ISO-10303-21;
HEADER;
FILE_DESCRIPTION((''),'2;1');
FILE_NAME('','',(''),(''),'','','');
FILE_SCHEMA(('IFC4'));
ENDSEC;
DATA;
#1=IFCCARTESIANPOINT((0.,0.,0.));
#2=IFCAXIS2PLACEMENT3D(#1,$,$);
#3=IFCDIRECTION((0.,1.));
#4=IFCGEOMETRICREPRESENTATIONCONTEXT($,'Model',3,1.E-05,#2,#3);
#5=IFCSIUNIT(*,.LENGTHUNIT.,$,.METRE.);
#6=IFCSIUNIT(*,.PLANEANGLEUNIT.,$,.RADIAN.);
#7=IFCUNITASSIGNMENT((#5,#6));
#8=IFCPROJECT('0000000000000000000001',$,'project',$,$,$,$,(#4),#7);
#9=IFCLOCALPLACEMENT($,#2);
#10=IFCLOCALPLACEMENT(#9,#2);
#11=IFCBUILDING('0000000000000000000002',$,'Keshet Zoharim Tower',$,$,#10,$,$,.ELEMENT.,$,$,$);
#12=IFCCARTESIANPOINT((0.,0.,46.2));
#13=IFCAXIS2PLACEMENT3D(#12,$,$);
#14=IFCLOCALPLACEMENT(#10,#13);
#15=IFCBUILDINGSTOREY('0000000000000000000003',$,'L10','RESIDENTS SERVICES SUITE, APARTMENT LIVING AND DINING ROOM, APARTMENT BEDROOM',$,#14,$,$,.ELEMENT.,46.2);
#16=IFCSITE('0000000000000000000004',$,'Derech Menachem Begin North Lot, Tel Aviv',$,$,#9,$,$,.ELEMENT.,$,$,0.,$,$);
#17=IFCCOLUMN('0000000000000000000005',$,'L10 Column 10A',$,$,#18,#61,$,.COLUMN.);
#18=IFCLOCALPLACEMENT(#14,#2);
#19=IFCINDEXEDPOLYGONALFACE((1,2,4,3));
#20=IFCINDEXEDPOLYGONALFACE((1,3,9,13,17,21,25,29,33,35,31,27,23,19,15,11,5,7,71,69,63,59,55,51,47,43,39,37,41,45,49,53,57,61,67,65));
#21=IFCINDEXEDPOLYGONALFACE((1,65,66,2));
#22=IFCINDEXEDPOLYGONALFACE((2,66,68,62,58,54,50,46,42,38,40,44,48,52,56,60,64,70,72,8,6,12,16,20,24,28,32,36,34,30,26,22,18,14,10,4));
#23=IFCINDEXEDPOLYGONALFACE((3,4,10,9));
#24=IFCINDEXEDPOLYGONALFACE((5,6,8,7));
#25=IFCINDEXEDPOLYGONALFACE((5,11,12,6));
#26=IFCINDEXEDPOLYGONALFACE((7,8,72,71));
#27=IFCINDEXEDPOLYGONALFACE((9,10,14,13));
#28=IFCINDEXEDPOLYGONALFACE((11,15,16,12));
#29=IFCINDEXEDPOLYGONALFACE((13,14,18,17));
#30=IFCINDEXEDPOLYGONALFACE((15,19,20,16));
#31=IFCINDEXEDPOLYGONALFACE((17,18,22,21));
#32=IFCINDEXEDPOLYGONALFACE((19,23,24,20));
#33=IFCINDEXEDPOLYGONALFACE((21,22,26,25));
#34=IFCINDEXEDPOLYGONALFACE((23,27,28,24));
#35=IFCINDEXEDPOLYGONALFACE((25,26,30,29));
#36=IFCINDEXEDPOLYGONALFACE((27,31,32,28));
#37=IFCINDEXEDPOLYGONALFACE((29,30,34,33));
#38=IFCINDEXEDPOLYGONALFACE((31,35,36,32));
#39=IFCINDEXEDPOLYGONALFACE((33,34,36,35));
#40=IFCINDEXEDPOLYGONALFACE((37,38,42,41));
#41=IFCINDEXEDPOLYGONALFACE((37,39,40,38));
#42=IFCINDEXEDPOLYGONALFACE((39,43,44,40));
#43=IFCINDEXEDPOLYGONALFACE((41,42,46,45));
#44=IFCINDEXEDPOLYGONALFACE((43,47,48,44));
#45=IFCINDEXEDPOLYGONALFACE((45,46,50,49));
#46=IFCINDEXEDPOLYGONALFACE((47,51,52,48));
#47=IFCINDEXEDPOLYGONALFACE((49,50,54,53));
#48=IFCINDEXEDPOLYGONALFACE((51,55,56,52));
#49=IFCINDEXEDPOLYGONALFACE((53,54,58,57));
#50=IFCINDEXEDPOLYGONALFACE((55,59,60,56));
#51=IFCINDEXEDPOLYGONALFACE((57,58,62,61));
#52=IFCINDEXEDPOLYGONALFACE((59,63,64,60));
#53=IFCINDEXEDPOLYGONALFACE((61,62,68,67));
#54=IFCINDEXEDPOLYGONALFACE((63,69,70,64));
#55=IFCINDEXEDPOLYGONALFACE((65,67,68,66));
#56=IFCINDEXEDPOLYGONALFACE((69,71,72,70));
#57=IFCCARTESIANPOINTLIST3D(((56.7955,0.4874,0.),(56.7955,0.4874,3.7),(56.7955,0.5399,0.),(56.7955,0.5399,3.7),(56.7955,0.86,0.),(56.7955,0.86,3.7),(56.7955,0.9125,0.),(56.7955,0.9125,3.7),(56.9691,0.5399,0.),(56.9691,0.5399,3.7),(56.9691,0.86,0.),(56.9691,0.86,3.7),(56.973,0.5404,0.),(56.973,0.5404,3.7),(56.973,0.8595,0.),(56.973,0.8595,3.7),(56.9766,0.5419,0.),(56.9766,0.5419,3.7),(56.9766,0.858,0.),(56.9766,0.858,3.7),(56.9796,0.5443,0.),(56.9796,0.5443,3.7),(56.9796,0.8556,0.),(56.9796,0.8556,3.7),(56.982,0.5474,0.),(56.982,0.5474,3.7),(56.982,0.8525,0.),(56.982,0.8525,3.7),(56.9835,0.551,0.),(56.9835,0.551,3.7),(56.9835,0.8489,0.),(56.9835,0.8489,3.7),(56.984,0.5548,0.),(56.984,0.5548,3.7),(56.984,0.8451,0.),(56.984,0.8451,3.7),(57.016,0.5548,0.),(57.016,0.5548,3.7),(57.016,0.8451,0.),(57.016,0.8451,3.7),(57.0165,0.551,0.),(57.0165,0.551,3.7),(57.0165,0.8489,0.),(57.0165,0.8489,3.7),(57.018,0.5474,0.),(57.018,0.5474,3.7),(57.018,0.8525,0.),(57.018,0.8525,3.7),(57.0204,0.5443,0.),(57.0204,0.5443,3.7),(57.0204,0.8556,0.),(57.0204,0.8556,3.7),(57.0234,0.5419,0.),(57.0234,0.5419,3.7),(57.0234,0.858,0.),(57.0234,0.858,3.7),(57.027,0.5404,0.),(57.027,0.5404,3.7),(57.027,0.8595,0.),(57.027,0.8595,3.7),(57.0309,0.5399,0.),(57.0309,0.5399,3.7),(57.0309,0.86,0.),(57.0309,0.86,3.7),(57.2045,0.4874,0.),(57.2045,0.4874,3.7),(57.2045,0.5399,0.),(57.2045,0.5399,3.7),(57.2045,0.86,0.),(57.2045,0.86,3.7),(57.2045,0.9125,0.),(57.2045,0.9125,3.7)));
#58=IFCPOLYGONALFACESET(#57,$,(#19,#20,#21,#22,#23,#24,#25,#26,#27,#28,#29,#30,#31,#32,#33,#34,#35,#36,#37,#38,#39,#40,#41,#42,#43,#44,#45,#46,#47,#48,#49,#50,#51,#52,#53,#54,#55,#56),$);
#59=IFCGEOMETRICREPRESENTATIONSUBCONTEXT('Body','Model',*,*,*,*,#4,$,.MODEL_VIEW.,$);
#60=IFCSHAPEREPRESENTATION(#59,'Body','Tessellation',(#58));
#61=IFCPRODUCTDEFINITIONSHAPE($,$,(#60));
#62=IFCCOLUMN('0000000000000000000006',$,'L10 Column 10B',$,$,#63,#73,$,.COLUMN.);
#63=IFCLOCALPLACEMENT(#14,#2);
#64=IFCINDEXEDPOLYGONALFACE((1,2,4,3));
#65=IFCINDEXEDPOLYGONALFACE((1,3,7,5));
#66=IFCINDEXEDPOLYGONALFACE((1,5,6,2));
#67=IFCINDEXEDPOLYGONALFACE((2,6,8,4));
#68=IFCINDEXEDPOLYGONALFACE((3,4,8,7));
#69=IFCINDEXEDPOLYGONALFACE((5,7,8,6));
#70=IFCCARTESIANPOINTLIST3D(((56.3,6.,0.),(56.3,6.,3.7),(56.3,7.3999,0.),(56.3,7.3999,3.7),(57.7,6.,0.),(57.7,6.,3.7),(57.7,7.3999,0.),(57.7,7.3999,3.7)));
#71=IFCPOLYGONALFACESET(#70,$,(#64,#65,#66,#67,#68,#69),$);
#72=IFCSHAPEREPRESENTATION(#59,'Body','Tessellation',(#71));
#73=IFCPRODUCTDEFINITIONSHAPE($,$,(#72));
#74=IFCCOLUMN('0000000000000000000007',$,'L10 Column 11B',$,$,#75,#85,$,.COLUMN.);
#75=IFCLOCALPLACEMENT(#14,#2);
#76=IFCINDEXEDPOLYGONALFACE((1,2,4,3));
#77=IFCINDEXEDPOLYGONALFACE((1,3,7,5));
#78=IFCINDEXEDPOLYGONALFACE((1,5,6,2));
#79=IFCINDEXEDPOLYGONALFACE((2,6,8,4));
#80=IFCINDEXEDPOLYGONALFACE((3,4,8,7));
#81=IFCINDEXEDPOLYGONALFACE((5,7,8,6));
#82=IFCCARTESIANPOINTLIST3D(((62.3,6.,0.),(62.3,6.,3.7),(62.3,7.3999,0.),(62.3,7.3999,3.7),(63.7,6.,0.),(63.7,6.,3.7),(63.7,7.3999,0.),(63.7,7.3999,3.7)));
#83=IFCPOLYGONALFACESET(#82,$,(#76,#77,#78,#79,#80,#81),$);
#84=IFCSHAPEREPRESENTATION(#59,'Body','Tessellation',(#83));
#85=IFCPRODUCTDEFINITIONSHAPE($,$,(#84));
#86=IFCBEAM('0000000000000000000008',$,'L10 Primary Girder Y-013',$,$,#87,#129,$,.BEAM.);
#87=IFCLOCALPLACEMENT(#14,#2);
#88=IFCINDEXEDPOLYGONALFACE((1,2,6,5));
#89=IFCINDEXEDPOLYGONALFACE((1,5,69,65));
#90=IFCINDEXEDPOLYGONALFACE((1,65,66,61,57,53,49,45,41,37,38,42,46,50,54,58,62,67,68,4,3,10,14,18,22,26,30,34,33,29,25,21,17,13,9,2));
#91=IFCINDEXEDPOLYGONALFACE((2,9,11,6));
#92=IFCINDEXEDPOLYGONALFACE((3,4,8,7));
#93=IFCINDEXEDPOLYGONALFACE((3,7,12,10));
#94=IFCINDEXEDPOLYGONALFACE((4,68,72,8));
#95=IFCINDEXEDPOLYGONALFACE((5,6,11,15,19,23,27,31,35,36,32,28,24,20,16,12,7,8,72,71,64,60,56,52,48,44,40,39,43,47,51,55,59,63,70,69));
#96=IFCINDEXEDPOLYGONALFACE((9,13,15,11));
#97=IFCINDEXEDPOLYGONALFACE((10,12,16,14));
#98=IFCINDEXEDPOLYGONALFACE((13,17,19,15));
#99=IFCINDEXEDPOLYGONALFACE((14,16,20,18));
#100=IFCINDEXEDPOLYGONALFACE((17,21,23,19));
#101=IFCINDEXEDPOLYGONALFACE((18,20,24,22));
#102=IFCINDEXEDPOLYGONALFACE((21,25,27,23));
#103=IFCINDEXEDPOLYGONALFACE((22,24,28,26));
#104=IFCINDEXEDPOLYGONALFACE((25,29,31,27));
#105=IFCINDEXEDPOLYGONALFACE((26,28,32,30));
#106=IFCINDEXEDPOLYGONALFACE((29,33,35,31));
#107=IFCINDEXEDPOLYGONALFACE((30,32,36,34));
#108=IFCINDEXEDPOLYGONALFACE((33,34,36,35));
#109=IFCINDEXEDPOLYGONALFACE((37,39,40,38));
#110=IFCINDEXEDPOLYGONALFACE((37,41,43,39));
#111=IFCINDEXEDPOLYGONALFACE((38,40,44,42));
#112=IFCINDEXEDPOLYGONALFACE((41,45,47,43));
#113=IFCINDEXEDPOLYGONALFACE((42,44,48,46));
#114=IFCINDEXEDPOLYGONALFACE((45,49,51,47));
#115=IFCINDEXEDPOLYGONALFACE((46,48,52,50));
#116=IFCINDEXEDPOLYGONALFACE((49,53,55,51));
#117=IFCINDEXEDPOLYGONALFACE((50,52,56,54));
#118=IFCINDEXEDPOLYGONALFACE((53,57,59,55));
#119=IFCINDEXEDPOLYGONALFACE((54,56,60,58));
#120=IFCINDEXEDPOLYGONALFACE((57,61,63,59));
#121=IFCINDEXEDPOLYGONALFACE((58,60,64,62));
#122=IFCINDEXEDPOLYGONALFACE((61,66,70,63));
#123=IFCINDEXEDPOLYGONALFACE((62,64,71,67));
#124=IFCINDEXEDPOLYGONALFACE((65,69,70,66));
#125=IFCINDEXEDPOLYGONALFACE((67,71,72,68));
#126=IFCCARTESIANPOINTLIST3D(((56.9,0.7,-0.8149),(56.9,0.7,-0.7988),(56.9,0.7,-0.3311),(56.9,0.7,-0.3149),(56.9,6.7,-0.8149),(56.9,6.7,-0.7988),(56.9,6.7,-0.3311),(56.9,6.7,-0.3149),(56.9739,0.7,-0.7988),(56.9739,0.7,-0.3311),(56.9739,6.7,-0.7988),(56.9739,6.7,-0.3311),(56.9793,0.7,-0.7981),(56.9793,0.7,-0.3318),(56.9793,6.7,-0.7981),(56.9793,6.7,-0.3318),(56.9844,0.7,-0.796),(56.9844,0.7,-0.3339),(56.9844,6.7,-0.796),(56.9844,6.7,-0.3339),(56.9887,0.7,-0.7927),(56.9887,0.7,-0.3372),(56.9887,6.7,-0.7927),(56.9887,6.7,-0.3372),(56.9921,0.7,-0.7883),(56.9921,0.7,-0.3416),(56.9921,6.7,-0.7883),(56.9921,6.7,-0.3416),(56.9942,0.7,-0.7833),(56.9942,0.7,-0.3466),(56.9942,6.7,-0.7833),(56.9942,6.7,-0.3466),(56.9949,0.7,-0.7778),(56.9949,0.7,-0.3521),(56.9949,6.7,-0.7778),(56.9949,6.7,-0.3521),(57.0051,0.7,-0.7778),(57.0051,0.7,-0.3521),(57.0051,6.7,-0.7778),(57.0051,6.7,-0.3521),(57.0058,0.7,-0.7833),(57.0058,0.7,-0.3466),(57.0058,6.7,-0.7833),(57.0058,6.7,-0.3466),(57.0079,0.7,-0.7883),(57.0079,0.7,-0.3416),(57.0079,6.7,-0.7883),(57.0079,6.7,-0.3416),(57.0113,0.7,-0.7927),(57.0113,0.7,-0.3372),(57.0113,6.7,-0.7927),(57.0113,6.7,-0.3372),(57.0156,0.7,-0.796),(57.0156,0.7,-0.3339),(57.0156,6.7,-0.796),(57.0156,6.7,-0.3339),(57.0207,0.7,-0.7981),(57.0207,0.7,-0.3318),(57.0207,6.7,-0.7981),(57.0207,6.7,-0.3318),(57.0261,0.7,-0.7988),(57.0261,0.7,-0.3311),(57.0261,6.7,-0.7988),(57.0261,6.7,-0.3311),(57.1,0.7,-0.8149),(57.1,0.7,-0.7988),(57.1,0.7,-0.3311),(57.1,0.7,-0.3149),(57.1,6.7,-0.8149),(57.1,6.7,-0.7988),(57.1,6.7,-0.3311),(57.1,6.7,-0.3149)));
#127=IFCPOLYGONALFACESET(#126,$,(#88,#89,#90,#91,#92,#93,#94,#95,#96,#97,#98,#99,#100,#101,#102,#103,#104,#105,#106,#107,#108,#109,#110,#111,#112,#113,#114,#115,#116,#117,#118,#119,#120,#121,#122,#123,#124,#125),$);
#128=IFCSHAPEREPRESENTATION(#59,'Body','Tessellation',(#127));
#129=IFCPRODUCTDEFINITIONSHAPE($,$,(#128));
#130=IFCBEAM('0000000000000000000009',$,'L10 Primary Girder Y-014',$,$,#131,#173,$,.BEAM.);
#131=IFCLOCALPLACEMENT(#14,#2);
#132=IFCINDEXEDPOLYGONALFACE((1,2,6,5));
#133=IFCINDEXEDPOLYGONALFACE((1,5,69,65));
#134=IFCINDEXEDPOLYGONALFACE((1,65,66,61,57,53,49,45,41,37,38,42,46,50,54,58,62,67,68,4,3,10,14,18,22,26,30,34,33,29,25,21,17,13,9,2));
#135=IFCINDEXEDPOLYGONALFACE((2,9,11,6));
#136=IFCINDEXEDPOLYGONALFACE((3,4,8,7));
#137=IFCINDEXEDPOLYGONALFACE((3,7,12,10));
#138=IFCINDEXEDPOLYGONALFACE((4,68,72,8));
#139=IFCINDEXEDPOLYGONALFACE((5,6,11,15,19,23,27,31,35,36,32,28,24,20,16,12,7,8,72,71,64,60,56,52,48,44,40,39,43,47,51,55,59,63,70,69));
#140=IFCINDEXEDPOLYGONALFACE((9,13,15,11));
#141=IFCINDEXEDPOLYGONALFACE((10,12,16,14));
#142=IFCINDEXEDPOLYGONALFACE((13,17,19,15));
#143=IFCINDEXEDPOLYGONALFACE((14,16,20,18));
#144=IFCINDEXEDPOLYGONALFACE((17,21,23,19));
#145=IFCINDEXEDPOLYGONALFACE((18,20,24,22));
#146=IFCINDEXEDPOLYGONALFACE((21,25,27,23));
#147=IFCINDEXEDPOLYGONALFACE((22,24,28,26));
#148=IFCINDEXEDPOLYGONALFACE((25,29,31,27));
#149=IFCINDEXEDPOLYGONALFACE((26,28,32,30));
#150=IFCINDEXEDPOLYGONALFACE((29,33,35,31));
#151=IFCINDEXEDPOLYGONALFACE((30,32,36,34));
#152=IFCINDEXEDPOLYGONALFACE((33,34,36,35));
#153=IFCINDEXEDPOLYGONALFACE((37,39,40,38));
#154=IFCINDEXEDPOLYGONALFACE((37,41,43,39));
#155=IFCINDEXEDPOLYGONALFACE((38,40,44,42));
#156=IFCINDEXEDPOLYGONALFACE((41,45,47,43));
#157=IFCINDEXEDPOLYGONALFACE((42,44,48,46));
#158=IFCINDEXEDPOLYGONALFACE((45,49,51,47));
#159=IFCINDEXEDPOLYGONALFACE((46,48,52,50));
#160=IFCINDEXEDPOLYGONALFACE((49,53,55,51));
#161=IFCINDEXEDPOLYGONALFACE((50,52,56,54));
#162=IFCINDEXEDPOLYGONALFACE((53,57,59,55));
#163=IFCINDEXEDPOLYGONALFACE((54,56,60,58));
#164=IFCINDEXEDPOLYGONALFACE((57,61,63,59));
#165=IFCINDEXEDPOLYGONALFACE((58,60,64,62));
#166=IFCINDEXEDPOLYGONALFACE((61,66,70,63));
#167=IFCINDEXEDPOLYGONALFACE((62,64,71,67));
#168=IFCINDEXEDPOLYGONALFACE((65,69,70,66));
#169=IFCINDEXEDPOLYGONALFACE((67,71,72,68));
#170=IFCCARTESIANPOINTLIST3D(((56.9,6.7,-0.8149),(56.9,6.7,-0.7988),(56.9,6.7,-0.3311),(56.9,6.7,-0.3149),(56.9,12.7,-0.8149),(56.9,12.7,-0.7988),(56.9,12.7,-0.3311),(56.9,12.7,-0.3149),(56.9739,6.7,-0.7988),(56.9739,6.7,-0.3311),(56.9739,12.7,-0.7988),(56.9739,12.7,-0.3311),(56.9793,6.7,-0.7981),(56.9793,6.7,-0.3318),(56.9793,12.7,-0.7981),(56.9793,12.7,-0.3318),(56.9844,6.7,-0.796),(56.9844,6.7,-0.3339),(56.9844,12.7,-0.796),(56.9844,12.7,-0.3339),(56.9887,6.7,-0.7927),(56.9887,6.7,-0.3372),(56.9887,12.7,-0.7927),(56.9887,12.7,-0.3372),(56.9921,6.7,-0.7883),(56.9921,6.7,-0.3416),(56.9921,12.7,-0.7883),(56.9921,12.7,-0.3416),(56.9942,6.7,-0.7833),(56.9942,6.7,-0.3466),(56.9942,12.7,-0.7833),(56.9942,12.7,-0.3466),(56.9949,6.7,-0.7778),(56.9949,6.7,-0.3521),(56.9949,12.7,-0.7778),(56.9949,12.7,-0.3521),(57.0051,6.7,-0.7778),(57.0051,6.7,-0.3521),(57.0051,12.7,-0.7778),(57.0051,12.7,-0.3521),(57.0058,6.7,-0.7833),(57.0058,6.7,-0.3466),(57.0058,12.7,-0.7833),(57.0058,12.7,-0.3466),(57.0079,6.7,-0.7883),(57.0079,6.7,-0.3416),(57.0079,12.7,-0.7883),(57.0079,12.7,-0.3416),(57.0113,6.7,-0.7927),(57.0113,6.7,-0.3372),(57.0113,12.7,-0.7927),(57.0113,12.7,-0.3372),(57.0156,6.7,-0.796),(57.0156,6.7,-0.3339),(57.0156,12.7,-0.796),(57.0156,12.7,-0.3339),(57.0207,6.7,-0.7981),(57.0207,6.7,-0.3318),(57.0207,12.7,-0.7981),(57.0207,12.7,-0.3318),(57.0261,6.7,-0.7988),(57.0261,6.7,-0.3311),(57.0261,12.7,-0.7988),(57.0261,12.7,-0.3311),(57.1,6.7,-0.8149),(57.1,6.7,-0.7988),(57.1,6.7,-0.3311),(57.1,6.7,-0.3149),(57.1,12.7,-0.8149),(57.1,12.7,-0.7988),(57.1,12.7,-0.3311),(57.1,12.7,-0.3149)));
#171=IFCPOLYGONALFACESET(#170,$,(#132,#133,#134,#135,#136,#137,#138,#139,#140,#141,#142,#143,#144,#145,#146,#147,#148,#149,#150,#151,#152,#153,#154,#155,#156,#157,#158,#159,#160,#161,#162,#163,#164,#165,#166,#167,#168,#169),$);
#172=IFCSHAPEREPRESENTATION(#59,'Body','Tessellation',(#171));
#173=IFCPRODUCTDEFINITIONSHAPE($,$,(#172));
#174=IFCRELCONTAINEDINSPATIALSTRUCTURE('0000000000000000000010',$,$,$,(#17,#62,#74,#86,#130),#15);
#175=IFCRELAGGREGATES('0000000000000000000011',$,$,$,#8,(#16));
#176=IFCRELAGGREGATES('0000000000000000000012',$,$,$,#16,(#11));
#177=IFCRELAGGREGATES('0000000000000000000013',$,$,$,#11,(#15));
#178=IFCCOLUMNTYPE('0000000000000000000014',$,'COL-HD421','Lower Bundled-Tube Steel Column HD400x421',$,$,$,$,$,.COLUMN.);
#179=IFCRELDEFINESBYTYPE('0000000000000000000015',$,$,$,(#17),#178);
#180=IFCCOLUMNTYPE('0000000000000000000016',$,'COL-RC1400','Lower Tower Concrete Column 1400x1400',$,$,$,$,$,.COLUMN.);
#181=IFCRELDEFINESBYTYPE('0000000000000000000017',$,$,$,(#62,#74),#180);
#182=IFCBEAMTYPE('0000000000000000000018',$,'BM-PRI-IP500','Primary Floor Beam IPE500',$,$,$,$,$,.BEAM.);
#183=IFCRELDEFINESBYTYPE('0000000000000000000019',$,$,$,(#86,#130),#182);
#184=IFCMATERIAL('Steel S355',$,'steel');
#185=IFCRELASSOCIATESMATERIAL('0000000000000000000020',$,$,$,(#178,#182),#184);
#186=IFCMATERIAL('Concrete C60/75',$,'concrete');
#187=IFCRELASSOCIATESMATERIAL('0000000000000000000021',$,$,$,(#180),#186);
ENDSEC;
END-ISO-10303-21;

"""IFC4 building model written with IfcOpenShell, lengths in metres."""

from ifc_helpers import new_model, si_unit, direction, frame, origin, origin_2d, place, context, subcontext, project, spatial, rectangle, i_section, extrude, material, material_profile, profile_set, type_object, element, save


model = new_model("IFC4")

# Units and contexts
model_context = context("Model", 3, precision=1e-05, world=origin(), true_north=direction((0.0, 1.0)))
body_context = subcontext(model_context, "Body", "Model", "MODEL_VIEW")
ifc_project = project(units=[si_unit("LENGTHUNIT", "METRE"), si_unit("PLANEANGLEUNIT", "RADIAN")], contexts=[model_context])

# Site, building, storey
site_placement = place(None, origin())
site = spatial("IfcSite", under=ifc_project, at=site_placement, Name="Derech Menachem Begin North Lot, Tel Aviv", CompositionType="ELEMENT", RefElevation=0.0)
building_placement = place(site_placement, origin())
building = spatial("IfcBuilding", under=site, at=building_placement, Name="Keshet Zoharim Tower", CompositionType="ELEMENT")
storey_placement = place(building_placement, frame((0.0, 0.0, 46.2)))
storey = spatial("IfcBuildingStorey", under=building, at=storey_placement, Name="L10", Description="RESIDENTS SERVICES SUITE, APARTMENT LIVING AND DINING ROOM, APARTMENT BEDROOM", CompositionType="ELEMENT", Elevation=46.2)

# Columns
ifc_material_1 = material(Name="Steel S355", Category="steel")
ifc_material_profile_1 = material_profile(ifc_material_1, i_section(OverallWidth=0.4089, OverallDepth=0.425, WebThickness=0.032, FlangeThickness=0.0525, FilletRadius=0.0149, at=origin_2d()), Name="HD400x421")
ifc_profile_set_1 = profile_set([ifc_material_profile_1], Name="Steel S355")
column_type_1 = type_object("IfcColumnType", Name="COL-HD421", Description="Lower Bundled-Tube Steel Column HD400x421", PredefinedType="COLUMN", material=ifc_profile_set_1)
column_placement = place(storey_placement, frame((57.0, 0.7, 0.0), z_axis=(0.0, 0.0, 1.0), x_axis=(1.0, 0.0, 0.0)))
element("IfcColumn", 1, at=column_placement, inside=storey, type_object=column_type_1, Name="L10 Column 10A", PredefinedType="COLUMN", context=body_context, shape_type="SweptSolid", body=[
    extrude(i_section(OverallWidth=0.4089, OverallDepth=0.425, WebThickness=0.032, FlangeThickness=0.0525, FilletRadius=0.0149, at=origin_2d()), origin(), (0.0, 0.0, 1.0), 3.7),
])
ifc_material_2 = material(Name="Concrete C60/75", Category="concrete")
ifc_material_profile_2 = material_profile(ifc_material_2, rectangle(XDim=1.3999, YDim=1.3999, at=origin_2d()), Name="RC1400x1400")
ifc_profile_set_2 = profile_set([ifc_material_profile_2], Name="Concrete C60/75")
column_type_2 = type_object("IfcColumnType", Name="COL-RC1400", Description="Lower Tower Concrete Column 1400x1400", PredefinedType="COLUMN", material=ifc_profile_set_2)
for number, where, z_axis, x_axis, name in (
    (2, (57.0, 6.7, 0.0), (0.0, 0.0, 1.0), (1.0, 0.0, 0.0), "L10 Column 10B"),
    (3, (63.0, 6.7, 0.0), (0.0, 0.0, 1.0), (1.0, 0.0, 0.0), "L10 Column 11B"),
):
    element("IfcColumn", number, at=place(storey_placement, frame(where, z_axis=z_axis, x_axis=x_axis)), inside=storey, type_object=column_type_2, Name=name, PredefinedType="COLUMN", context=body_context, shape_type="SweptSolid", body=[
        extrude(rectangle(XDim=1.3999, YDim=1.3999, at=origin_2d()), origin(), (0.0, 0.0, 1.0), 3.7),
    ])

# Beams
ifc_material_profile_3 = material_profile(ifc_material_1, i_section(OverallWidth=0.2, OverallDepth=0.5, WebThickness=0.0103, FlangeThickness=0.0161, FilletRadius=0.021, at=origin_2d()), Name="IPE500")
ifc_profile_set_3 = profile_set([ifc_material_profile_3], Name="Steel S355")
beam_type_1 = type_object("IfcBeamType", Name="BM-PRI-IP500", Description="Primary Floor Beam IPE500", PredefinedType="BEAM", material=ifc_profile_set_3)
for number, where, z_axis, x_axis, name in (
    (4, (57.0, 0.7, -0.5649), (0.0, 1.0, 0.0), (-1.0, 0.0, 0.0), "L10 Primary Girder Y-013"),
    (5, (57.0, 6.7, -0.5649), (0.0, 1.0, 0.0), (-1.0, 0.0, 0.0), "L10 Primary Girder Y-014"),
):
    element("IfcBeam", number, at=place(storey_placement, frame(where, z_axis=z_axis, x_axis=x_axis)), inside=storey, type_object=beam_type_1, Name=name, PredefinedType="BEAM", context=body_context, shape_type="SweptSolid", body=[
        extrude(i_section(OverallWidth=0.2, OverallDepth=0.5, WebThickness=0.0103, FlangeThickness=0.0161, FilletRadius=0.021, at=origin_2d()), origin(), (0.0, 0.0, 1.0), 6.0),
    ])

save(model, "model.ifc")
